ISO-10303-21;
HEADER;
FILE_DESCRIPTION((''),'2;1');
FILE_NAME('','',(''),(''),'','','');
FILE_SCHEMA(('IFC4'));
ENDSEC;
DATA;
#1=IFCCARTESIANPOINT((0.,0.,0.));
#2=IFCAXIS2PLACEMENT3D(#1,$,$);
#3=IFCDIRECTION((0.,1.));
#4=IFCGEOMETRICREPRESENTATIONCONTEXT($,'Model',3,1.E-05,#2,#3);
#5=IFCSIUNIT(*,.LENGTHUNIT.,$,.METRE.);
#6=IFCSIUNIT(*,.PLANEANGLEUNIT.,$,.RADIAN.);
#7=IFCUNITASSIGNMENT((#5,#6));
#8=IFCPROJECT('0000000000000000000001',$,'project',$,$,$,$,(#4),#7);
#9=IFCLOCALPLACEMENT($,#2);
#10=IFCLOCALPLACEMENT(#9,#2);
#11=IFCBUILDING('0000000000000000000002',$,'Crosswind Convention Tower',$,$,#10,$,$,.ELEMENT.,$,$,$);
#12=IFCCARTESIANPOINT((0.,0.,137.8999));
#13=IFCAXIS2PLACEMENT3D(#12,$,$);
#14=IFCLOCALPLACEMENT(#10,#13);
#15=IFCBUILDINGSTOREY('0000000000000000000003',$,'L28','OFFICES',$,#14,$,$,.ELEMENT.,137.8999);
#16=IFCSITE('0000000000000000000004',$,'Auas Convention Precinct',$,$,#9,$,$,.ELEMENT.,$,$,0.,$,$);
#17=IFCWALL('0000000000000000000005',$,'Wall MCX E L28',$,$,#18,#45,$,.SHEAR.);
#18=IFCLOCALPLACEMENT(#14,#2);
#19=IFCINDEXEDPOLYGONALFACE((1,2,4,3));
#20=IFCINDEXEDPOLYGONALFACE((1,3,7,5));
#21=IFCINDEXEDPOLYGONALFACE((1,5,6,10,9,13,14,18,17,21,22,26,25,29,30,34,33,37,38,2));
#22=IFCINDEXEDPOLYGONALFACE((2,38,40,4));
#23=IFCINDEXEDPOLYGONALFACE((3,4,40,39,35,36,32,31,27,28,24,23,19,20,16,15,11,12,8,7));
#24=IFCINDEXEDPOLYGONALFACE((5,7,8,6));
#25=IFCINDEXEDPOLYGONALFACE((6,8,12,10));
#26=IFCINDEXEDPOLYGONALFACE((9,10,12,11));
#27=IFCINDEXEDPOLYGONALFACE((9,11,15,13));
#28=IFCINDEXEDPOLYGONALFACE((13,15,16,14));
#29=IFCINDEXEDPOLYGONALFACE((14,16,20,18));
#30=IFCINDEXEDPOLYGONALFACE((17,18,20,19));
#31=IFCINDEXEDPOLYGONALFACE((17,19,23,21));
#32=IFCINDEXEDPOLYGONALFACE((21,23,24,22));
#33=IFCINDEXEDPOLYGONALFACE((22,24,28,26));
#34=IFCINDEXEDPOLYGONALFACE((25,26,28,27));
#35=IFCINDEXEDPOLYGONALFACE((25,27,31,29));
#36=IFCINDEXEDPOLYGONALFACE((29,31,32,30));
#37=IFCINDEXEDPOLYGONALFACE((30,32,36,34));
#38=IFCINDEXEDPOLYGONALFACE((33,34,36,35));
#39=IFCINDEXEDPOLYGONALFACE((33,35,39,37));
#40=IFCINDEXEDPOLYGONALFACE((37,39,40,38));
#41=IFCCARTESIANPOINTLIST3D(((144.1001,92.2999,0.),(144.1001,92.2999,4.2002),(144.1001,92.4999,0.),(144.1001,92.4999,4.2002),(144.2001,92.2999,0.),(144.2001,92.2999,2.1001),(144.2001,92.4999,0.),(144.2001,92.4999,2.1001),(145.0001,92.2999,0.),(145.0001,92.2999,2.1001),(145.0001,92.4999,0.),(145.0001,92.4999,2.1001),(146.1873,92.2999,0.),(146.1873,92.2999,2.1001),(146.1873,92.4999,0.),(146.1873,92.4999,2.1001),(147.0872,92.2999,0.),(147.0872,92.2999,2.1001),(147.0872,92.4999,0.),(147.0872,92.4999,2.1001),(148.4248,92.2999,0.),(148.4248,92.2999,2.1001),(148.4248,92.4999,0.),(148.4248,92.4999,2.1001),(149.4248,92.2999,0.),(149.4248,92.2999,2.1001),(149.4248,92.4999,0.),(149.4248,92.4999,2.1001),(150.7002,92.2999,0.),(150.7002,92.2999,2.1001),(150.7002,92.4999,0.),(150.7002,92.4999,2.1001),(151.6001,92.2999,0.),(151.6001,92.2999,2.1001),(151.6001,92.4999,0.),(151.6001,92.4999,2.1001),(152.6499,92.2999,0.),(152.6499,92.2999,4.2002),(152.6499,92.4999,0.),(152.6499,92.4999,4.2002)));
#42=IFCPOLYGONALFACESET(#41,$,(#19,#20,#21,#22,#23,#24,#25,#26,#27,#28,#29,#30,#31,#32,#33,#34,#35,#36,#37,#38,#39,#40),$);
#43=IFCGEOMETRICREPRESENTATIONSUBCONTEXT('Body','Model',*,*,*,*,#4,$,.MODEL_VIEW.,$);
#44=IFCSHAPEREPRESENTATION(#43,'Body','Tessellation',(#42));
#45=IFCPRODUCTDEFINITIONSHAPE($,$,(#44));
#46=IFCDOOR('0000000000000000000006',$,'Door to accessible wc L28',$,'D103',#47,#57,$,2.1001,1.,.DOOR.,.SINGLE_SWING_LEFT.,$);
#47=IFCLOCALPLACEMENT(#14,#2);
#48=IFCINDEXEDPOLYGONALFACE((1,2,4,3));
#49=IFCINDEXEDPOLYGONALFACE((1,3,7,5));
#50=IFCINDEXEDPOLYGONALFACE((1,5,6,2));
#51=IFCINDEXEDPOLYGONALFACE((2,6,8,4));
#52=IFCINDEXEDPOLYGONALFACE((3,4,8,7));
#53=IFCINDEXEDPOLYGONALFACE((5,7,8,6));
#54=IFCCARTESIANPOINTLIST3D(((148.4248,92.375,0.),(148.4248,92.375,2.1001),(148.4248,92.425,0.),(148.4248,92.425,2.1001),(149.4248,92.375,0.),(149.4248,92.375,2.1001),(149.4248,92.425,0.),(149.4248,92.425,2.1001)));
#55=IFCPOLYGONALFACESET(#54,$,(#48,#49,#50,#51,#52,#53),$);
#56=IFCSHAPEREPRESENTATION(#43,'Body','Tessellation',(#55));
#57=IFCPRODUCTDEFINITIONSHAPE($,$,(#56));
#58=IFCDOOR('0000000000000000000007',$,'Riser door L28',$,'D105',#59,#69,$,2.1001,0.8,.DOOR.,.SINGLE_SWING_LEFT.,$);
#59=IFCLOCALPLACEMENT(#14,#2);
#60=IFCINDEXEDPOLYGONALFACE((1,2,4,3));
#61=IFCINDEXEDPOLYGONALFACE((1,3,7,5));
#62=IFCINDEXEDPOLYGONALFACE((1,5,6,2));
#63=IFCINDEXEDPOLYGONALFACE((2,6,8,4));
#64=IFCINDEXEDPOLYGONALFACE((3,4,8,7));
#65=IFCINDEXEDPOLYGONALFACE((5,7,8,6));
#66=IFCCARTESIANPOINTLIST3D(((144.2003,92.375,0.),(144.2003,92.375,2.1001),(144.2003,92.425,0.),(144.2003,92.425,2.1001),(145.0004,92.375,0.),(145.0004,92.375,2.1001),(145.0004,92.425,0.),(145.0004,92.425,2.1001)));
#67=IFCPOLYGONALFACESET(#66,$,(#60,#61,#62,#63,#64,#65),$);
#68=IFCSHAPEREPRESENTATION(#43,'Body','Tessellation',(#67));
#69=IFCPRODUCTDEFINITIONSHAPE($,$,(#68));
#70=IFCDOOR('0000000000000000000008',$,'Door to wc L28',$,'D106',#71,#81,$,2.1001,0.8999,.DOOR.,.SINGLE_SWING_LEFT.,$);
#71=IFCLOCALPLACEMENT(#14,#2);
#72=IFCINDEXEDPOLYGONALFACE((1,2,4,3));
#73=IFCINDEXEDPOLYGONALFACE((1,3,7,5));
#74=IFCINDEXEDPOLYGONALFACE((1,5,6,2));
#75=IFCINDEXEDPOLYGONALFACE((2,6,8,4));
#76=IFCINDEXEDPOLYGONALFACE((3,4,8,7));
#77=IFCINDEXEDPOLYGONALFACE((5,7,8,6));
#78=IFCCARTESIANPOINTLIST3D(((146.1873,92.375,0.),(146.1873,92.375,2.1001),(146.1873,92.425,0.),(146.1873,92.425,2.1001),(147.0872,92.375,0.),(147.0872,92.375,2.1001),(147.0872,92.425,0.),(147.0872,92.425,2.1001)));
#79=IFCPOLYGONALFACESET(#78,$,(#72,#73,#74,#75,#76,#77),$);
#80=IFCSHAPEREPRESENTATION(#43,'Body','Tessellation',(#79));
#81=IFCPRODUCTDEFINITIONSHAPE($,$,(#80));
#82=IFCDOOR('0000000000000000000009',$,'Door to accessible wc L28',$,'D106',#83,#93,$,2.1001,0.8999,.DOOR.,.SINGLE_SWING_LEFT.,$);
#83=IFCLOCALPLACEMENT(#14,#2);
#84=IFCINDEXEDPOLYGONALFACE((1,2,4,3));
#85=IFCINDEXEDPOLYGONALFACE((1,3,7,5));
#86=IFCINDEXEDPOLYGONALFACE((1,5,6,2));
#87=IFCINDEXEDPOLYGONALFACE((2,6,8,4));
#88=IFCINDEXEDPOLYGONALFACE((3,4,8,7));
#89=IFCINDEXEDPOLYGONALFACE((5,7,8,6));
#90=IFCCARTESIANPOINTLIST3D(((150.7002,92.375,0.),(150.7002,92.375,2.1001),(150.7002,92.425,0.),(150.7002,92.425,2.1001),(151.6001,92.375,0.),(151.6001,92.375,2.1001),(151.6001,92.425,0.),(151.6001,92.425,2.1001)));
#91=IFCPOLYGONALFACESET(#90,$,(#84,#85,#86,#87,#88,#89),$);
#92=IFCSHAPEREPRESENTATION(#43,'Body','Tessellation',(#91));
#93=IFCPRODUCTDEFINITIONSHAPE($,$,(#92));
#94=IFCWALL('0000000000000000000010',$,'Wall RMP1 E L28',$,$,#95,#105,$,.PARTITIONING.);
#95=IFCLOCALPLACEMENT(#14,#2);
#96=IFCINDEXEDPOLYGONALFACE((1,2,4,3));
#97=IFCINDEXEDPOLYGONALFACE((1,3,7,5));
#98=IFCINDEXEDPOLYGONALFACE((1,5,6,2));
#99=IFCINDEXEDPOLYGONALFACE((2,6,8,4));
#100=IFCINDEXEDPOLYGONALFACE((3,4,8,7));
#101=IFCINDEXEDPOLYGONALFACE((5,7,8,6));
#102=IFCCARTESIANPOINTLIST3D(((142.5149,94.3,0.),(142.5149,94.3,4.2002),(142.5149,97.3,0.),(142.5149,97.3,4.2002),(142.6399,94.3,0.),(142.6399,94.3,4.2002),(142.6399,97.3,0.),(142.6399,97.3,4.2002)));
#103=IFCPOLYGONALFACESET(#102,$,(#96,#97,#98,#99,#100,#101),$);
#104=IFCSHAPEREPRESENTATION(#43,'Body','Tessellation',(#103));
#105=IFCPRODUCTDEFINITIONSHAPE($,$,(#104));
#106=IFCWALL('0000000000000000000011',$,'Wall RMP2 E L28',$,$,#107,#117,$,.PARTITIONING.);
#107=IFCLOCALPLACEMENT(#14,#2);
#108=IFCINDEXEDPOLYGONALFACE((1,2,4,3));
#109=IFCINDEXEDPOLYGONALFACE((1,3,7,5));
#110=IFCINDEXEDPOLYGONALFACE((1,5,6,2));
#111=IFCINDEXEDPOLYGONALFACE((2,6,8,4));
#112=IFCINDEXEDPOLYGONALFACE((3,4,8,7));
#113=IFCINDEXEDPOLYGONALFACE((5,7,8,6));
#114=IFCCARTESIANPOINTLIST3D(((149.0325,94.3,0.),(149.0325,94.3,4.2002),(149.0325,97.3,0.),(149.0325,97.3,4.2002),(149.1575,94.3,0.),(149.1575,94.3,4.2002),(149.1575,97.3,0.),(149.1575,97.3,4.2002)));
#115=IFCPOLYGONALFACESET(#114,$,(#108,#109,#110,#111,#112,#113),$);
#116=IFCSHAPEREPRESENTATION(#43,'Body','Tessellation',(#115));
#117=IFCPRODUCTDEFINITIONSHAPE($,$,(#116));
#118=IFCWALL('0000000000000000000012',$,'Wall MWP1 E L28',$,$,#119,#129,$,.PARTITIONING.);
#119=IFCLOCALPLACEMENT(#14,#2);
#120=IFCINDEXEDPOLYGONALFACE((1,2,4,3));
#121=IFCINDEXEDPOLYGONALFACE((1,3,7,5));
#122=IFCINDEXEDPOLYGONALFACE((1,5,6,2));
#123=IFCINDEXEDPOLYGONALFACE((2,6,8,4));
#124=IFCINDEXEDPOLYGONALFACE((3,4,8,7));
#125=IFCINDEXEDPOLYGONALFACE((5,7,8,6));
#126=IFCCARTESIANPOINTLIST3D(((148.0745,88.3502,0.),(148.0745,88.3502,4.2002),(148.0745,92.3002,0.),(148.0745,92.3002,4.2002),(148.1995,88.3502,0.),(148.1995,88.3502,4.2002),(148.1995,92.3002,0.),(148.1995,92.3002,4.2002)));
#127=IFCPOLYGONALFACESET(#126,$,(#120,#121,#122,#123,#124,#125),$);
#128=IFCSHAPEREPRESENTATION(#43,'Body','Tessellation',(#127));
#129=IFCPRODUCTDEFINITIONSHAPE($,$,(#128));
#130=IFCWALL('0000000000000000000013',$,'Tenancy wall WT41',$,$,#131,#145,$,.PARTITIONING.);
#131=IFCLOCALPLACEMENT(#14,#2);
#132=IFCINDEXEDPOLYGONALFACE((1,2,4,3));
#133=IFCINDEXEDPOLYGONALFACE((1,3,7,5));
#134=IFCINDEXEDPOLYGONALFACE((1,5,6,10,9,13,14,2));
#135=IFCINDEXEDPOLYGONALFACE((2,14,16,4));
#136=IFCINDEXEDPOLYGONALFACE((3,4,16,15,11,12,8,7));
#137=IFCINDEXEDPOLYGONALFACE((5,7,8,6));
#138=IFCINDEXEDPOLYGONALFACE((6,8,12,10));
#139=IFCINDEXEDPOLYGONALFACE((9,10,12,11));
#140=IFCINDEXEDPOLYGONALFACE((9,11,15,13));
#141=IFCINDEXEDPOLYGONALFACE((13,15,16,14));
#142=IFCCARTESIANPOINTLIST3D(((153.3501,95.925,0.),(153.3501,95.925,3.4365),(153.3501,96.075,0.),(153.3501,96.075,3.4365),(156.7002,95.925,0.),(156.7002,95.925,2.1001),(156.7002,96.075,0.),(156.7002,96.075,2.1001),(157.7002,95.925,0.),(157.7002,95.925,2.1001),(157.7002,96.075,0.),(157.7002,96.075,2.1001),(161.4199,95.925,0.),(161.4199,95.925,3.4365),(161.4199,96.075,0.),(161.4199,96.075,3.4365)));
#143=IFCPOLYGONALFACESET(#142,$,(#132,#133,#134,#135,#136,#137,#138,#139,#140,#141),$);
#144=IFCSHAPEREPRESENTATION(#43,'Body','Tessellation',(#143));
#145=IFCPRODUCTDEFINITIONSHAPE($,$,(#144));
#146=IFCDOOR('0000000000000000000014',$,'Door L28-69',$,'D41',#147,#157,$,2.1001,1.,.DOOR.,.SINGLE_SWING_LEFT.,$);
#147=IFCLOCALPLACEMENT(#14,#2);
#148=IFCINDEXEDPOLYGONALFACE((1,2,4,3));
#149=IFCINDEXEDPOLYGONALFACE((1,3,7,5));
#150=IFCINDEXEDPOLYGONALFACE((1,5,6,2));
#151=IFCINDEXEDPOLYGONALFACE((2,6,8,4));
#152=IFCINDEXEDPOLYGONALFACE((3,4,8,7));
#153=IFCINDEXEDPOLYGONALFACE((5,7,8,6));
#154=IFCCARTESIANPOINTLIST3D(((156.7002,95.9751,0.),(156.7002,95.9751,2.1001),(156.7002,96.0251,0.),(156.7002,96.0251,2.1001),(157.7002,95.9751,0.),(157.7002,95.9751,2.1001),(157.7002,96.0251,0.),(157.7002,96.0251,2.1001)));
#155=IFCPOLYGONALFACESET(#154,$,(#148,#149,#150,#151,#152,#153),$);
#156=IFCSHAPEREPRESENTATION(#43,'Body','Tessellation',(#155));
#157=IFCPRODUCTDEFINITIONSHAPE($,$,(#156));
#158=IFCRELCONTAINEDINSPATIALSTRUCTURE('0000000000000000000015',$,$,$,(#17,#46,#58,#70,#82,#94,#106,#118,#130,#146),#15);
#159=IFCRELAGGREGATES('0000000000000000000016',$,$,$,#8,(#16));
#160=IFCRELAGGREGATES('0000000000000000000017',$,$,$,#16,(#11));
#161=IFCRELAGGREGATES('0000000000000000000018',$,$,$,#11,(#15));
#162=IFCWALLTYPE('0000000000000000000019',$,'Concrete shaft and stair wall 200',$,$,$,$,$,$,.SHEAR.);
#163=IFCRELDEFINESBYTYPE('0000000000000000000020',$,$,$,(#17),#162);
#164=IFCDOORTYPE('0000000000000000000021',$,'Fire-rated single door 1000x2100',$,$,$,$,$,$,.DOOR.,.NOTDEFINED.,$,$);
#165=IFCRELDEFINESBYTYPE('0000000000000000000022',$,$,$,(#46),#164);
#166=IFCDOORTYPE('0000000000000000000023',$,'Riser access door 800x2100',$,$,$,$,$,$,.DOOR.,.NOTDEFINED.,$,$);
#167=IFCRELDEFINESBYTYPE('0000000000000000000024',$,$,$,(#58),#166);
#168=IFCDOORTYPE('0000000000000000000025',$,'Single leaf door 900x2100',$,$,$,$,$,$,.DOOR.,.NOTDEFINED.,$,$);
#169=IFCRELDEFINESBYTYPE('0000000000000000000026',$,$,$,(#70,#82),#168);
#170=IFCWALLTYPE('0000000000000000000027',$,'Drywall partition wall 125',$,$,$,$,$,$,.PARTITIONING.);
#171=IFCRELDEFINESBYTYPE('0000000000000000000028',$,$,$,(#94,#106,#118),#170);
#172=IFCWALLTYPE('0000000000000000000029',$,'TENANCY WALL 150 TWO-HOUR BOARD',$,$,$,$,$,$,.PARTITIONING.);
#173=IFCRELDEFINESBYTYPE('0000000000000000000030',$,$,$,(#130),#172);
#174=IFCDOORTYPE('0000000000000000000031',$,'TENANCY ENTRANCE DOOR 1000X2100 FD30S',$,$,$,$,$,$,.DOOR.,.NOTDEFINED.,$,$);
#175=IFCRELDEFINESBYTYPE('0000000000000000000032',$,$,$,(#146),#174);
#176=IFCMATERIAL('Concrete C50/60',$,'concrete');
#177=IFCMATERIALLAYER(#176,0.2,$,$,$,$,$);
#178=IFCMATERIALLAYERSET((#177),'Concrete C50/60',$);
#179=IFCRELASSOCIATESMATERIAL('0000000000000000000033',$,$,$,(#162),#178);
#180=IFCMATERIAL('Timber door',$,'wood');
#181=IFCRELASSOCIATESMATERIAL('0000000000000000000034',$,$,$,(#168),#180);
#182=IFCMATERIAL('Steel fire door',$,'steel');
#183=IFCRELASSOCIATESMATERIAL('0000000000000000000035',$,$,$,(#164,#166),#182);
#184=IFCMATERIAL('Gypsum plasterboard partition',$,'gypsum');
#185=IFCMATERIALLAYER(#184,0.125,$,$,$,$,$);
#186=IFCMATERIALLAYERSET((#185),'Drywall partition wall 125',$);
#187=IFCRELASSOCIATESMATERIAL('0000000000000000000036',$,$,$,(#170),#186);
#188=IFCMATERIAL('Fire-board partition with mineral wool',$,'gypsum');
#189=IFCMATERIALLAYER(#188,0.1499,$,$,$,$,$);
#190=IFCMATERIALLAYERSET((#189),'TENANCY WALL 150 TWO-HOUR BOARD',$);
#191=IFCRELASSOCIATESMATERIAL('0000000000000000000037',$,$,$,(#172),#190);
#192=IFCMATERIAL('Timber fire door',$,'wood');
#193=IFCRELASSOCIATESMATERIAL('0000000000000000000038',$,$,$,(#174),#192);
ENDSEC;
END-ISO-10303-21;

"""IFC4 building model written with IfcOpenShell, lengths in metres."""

from ifc_helpers import new_model, si_unit, direction, frame, frame_2d, origin, place, context, subcontext, project, spatial, rectangle, extrude, material, layer, layer_set, type_object, element, fill, save


model = new_model("IFC4")

# Units and contexts
model_context = context("Model", 3, precision=1e-05, world=origin(), true_north=direction((0.0, 1.0)))
body_context = subcontext(model_context, "Body", "Model", "MODEL_VIEW")
ifc_project = project(units=[si_unit("LENGTHUNIT", "METRE"), si_unit("PLANEANGLEUNIT", "RADIAN")], contexts=[model_context])

# Site, building, storey
site_placement = place(None, origin())
site = spatial("IfcSite", under=ifc_project, at=site_placement, Name="Auas Convention Precinct", CompositionType="ELEMENT", RefElevation=0.0)
building_placement = place(site_placement, origin())
building = spatial("IfcBuilding", under=site, at=building_placement, Name="Crosswind Convention Tower", CompositionType="ELEMENT")
storey_placement = place(building_placement, frame((0.0, 0.0, 137.8999)))
storey = spatial("IfcBuildingStorey", under=building, at=storey_placement, Name="L28", Description="OFFICES", CompositionType="ELEMENT", Elevation=137.8999)

# Shared definitions
ifc_material_1 = material(Name="Concrete C50/60", Category="concrete")
ifc_layer_1 = layer(ifc_material_1, 0.2)
ifc_layer_set_1 = layer_set([ifc_layer_1], Name="Concrete C50/60")
wall_type_1 = type_object("IfcWallType", Name="Concrete shaft and stair wall 200", PredefinedType="SHEAR", material=ifc_layer_set_1)

# Shared definitions
ifc_material_2 = material(Name="Timber door", Category="wood")
door_type_1 = type_object("IfcDoorType", Name="Single leaf door 900x2100", OperationType="NOTDEFINED", PredefinedType="DOOR", material=ifc_material_2)

# Wall, openings, doors
wall_1_placement = place(storey_placement, frame((144.1001, 92.3999, 0.0), z_axis=(0.0, 0.0, 1.0), x_axis=(1.0, 0.0, 0.0)))
wall_1 = element("IfcWall", 1, at=wall_1_placement, inside=storey, type_object=wall_type_1, Name="Wall MCX E L28", PredefinedType="SHEAR", context=body_context, shape_type="SweptSolid", body=[
    extrude(rectangle(XDim=8.5498, YDim=0.2, at=frame_2d((4.2749, 0.0))), origin(), (0.0, 0.0, 1.0), 4.2002),
])
opening_1_placement = place(wall_1_placement, frame((0.1001, 0.0, 0.0)))
opening_1 = element("IfcOpeningElement", 2, at=opening_1_placement, cuts=wall_1, PredefinedType="OPENING", context=body_context, shape_type="SweptSolid", body=[
    extrude(rectangle(XDim=0.8, YDim=2.1001, at=frame_2d((0.3999, 1.05))), frame((0.0, 0.1099, 0.0), z_axis=(0.0, -1.0, 0.0), x_axis=(1.0, 0.0, 0.0)), (0.0, 0.0, 1.0), 0.22),
])
opening_2_placement = place(wall_1_placement, frame((2.0872, 0.0, 0.0)))
opening_2 = element("IfcOpeningElement", 3, at=opening_2_placement, cuts=wall_1, PredefinedType="OPENING", context=body_context, shape_type="SweptSolid", body=[
    extrude(rectangle(XDim=0.8999, YDim=2.1001, at=frame_2d((0.45, 1.05))), frame((0.0, 0.1099, 0.0), z_axis=(0.0, -1.0, 0.0), x_axis=(1.0, 0.0, 0.0)), (0.0, 0.0, 1.0), 0.22),
])
opening_3_placement = place(wall_1_placement, frame((4.3247, 0.0, 0.0)))
opening_3 = element("IfcOpeningElement", 4, at=opening_3_placement, cuts=wall_1, PredefinedType="OPENING", context=body_context, shape_type="SweptSolid", body=[
    extrude(rectangle(XDim=1.0, YDim=2.1001, at=frame_2d((0.5, 1.05))), frame((0.0, 0.1099, 0.0), z_axis=(0.0, -1.0, 0.0), x_axis=(1.0, 0.0, 0.0)), (0.0, 0.0, 1.0), 0.22),
])
opening_4_placement = place(wall_1_placement, frame((6.6001, 0.0, 0.0)))
opening_4 = element("IfcOpeningElement", 5, at=opening_4_placement, cuts=wall_1, PredefinedType="OPENING", context=body_context, shape_type="SweptSolid", body=[
    extrude(rectangle(XDim=0.8999, YDim=2.1001, at=frame_2d((0.45, 1.05))), frame((0.0, 0.1099, 0.0), z_axis=(0.0, -1.0, 0.0), x_axis=(1.0, 0.0, 0.0)), (0.0, 0.0, 1.0), 0.22),
])
ifc_material_3 = material(Name="Steel fire door", Category="steel")
door_type_2 = type_object("IfcDoorType", Name="Fire-rated single door 1000x2100", OperationType="NOTDEFINED", PredefinedType="DOOR", material=ifc_material_3)
door_1_placement = place(opening_3_placement, frame((1.0, 0.0, 0.0), z_axis=(0.0, 0.0, 1.0), x_axis=(-1.0, 0.0, 0.0)))
door_1 = element("IfcDoor", 6, at=door_1_placement, inside=storey, type_object=door_type_2, Name="Door to accessible wc L28", ObjectType="D103", OperationType="SINGLE_SWING_LEFT", OverallHeight=2.1001, OverallWidth=1.0, PredefinedType="DOOR", context=body_context, shape_type="SweptSolid", body=[
    extrude(rectangle(XDim=1.0, YDim=2.1001, at=frame_2d((0.5, 1.05))), frame((0.0, 0.0249, 0.0), z_axis=(0.0, -1.0, 0.0), x_axis=(1.0, 0.0, 0.0)), (0.0, 0.0, 1.0), 0.05),
])
fill(opening_3, door_1)
door_type_3 = type_object("IfcDoorType", Name="Riser access door 800x2100", OperationType="NOTDEFINED", PredefinedType="DOOR", material=ifc_material_3)
door_2_placement = place(opening_1_placement, frame((0.8, 0.0, 0.0), z_axis=(0.0, 0.0, 1.0), x_axis=(-1.0, 0.0, 0.0)))
door_2 = element("IfcDoor", 7, at=door_2_placement, inside=storey, type_object=door_type_3, Name="Riser door L28", ObjectType="D105", OperationType="SINGLE_SWING_LEFT", OverallHeight=2.1001, OverallWidth=0.8, PredefinedType="DOOR", context=body_context, shape_type="SweptSolid", body=[
    extrude(rectangle(XDim=0.8, YDim=2.1001, at=frame_2d((0.3999, 1.05))), frame((0.0, 0.0249, 0.0), z_axis=(0.0, -1.0, 0.0), x_axis=(1.0, 0.0, 0.0)), (0.0, 0.0, 1.0), 0.05),
])
fill(opening_1, door_2)
door_3_placement = place(opening_2_placement, frame((0.8999, 0.0, 0.0), z_axis=(0.0, 0.0, 1.0), x_axis=(-1.0, 0.0, 0.0)))
door_3 = element("IfcDoor", 8, at=door_3_placement, inside=storey, type_object=door_type_1, Name="Door to wc L28", ObjectType="D106", OperationType="SINGLE_SWING_LEFT", OverallHeight=2.1001, OverallWidth=0.8999, PredefinedType="DOOR", context=body_context, shape_type="SweptSolid", body=[
    extrude(rectangle(XDim=0.8999, YDim=2.1001, at=frame_2d((0.45, 1.05))), frame((0.0, 0.0249, 0.0), z_axis=(0.0, -1.0, 0.0), x_axis=(1.0, 0.0, 0.0)), (0.0, 0.0, 1.0), 0.05),
])
fill(opening_2, door_3)
door_4_placement = place(opening_4_placement, frame((0.8999, 0.0, 0.0), z_axis=(0.0, 0.0, 1.0), x_axis=(-1.0, 0.0, 0.0)))
door_4 = element("IfcDoor", 9, at=door_4_placement, inside=storey, type_object=door_type_1, Name="Door to accessible wc L28", ObjectType="D106", OperationType="SINGLE_SWING_LEFT", OverallHeight=2.1001, OverallWidth=0.8999, PredefinedType="DOOR", context=body_context, shape_type="SweptSolid", body=[
    extrude(rectangle(XDim=0.8999, YDim=2.1001, at=frame_2d((0.45, 1.05))), frame((0.0, 0.0249, 0.0), z_axis=(0.0, -1.0, 0.0), x_axis=(1.0, 0.0, 0.0)), (0.0, 0.0, 1.0), 0.05),
])
fill(opening_4, door_4)

# Walls
ifc_material_4 = material(Name="Gypsum plasterboard partition", Category="gypsum")
ifc_layer_2 = layer(ifc_material_4, 0.125)
ifc_layer_set_2 = layer_set([ifc_layer_2], Name="Drywall partition wall 125")
wall_type_2 = type_object("IfcWallType", Name="Drywall partition wall 125", PredefinedType="PARTITIONING", material=ifc_layer_set_2)
for number, where, z_axis, x_axis, name in (
    (10, (142.5774, 94.3, 0.0), (0.0, 0.0, 1.0), (0.0, 1.0, 0.0), "Wall RMP1 E L28"),
    (11, (149.095, 94.3, 0.0), (0.0, 0.0, 1.0), (0.0, 1.0, 0.0), "Wall RMP2 E L28"),
):
    element("IfcWall", number, at=place(storey_placement, frame(where, z_axis=z_axis, x_axis=x_axis)), inside=storey, type_object=wall_type_2, Name=name, PredefinedType="PARTITIONING", context=body_context, shape_type="SweptSolid", body=[
        extrude(rectangle(XDim=3.0, YDim=0.125, at=frame_2d((1.5, 0.0))), origin(), (0.0, 0.0, 1.0), 4.2002),
    ])
wall_2_placement = place(storey_placement, frame((148.137, 88.3501, 0.0), z_axis=(0.0, 0.0, 1.0), x_axis=(0.0, 1.0, 0.0)))
element("IfcWall", 12, at=wall_2_placement, inside=storey, type_object=wall_type_2, Name="Wall MWP1 E L28", PredefinedType="PARTITIONING", context=body_context, shape_type="SweptSolid", body=[
    extrude(rectangle(XDim=3.95, YDim=0.125, at=frame_2d((1.9751, 0.0))), origin(), (0.0, 0.0, 1.0), 4.2002),
])

# Wall, opening, door
ifc_material_5 = material(Name="Fire-board partition with mineral wool", Category="gypsum")
ifc_layer_3 = layer(ifc_material_5, 0.1499)
ifc_layer_set_3 = layer_set([ifc_layer_3], Name="TENANCY WALL 150 TWO-HOUR BOARD")
wall_type_3 = type_object("IfcWallType", Name="TENANCY WALL 150 TWO-HOUR BOARD", PredefinedType="PARTITIONING", material=ifc_layer_set_3)
wall_3_placement = place(storey_placement, frame((153.3501, 96.0, 0.0), z_axis=(0.0, 0.0, 1.0), x_axis=(1.0, 0.0, 0.0)))
wall_3 = element("IfcWall", 13, at=wall_3_placement, inside=storey, type_object=wall_type_3, Name="Tenancy wall WT41", PredefinedType="PARTITIONING", context=body_context, shape_type="SweptSolid", body=[
    extrude(rectangle(XDim=8.0698, YDim=0.1499, at=frame_2d((4.0349, 0.0))), origin(), (0.0, 0.0, 1.0), 3.4365),
])
opening_5_placement = place(wall_3_placement, frame((3.3501, 0.0, 0.0)))
opening_5 = element("IfcOpeningElement", 14, at=opening_5_placement, cuts=wall_3, PredefinedType="OPENING", context=body_context, shape_type="SweptSolid", body=[
    extrude(rectangle(XDim=1.0, YDim=2.1001, at=frame_2d((0.5, 1.05))), frame((0.0, 0.085, 0.0), z_axis=(0.0, -1.0, 0.0), x_axis=(1.0, 0.0, 0.0)), (0.0, 0.0, 1.0), 0.1699),
])
ifc_material_6 = material(Name="Timber fire door", Category="wood")
door_type_4 = type_object("IfcDoorType", Name="TENANCY ENTRANCE DOOR 1000X2100 FD30S", OperationType="NOTDEFINED", PredefinedType="DOOR", material=ifc_material_6)
door_5_placement = place(opening_5_placement, frame((1.0, 0.0, 0.0), z_axis=(0.0, 0.0, 1.0), x_axis=(-1.0, 0.0, 0.0)))
door_5 = element("IfcDoor", 15, at=door_5_placement, inside=storey, type_object=door_type_4, Name="Door L28-69", ObjectType="D41", OperationType="SINGLE_SWING_LEFT", OverallHeight=2.1001, OverallWidth=1.0, PredefinedType="DOOR", context=body_context, shape_type="SweptSolid", body=[
    extrude(rectangle(XDim=1.0, YDim=2.1001, at=frame_2d((0.5, 1.05))), frame((0.0, 0.0249, 0.0), z_axis=(0.0, -1.0, 0.0), x_axis=(1.0, 0.0, 0.0)), (0.0, 0.0, 1.0), 0.05),
])
fill(opening_5, door_5)

save(model, "model.ifc")
